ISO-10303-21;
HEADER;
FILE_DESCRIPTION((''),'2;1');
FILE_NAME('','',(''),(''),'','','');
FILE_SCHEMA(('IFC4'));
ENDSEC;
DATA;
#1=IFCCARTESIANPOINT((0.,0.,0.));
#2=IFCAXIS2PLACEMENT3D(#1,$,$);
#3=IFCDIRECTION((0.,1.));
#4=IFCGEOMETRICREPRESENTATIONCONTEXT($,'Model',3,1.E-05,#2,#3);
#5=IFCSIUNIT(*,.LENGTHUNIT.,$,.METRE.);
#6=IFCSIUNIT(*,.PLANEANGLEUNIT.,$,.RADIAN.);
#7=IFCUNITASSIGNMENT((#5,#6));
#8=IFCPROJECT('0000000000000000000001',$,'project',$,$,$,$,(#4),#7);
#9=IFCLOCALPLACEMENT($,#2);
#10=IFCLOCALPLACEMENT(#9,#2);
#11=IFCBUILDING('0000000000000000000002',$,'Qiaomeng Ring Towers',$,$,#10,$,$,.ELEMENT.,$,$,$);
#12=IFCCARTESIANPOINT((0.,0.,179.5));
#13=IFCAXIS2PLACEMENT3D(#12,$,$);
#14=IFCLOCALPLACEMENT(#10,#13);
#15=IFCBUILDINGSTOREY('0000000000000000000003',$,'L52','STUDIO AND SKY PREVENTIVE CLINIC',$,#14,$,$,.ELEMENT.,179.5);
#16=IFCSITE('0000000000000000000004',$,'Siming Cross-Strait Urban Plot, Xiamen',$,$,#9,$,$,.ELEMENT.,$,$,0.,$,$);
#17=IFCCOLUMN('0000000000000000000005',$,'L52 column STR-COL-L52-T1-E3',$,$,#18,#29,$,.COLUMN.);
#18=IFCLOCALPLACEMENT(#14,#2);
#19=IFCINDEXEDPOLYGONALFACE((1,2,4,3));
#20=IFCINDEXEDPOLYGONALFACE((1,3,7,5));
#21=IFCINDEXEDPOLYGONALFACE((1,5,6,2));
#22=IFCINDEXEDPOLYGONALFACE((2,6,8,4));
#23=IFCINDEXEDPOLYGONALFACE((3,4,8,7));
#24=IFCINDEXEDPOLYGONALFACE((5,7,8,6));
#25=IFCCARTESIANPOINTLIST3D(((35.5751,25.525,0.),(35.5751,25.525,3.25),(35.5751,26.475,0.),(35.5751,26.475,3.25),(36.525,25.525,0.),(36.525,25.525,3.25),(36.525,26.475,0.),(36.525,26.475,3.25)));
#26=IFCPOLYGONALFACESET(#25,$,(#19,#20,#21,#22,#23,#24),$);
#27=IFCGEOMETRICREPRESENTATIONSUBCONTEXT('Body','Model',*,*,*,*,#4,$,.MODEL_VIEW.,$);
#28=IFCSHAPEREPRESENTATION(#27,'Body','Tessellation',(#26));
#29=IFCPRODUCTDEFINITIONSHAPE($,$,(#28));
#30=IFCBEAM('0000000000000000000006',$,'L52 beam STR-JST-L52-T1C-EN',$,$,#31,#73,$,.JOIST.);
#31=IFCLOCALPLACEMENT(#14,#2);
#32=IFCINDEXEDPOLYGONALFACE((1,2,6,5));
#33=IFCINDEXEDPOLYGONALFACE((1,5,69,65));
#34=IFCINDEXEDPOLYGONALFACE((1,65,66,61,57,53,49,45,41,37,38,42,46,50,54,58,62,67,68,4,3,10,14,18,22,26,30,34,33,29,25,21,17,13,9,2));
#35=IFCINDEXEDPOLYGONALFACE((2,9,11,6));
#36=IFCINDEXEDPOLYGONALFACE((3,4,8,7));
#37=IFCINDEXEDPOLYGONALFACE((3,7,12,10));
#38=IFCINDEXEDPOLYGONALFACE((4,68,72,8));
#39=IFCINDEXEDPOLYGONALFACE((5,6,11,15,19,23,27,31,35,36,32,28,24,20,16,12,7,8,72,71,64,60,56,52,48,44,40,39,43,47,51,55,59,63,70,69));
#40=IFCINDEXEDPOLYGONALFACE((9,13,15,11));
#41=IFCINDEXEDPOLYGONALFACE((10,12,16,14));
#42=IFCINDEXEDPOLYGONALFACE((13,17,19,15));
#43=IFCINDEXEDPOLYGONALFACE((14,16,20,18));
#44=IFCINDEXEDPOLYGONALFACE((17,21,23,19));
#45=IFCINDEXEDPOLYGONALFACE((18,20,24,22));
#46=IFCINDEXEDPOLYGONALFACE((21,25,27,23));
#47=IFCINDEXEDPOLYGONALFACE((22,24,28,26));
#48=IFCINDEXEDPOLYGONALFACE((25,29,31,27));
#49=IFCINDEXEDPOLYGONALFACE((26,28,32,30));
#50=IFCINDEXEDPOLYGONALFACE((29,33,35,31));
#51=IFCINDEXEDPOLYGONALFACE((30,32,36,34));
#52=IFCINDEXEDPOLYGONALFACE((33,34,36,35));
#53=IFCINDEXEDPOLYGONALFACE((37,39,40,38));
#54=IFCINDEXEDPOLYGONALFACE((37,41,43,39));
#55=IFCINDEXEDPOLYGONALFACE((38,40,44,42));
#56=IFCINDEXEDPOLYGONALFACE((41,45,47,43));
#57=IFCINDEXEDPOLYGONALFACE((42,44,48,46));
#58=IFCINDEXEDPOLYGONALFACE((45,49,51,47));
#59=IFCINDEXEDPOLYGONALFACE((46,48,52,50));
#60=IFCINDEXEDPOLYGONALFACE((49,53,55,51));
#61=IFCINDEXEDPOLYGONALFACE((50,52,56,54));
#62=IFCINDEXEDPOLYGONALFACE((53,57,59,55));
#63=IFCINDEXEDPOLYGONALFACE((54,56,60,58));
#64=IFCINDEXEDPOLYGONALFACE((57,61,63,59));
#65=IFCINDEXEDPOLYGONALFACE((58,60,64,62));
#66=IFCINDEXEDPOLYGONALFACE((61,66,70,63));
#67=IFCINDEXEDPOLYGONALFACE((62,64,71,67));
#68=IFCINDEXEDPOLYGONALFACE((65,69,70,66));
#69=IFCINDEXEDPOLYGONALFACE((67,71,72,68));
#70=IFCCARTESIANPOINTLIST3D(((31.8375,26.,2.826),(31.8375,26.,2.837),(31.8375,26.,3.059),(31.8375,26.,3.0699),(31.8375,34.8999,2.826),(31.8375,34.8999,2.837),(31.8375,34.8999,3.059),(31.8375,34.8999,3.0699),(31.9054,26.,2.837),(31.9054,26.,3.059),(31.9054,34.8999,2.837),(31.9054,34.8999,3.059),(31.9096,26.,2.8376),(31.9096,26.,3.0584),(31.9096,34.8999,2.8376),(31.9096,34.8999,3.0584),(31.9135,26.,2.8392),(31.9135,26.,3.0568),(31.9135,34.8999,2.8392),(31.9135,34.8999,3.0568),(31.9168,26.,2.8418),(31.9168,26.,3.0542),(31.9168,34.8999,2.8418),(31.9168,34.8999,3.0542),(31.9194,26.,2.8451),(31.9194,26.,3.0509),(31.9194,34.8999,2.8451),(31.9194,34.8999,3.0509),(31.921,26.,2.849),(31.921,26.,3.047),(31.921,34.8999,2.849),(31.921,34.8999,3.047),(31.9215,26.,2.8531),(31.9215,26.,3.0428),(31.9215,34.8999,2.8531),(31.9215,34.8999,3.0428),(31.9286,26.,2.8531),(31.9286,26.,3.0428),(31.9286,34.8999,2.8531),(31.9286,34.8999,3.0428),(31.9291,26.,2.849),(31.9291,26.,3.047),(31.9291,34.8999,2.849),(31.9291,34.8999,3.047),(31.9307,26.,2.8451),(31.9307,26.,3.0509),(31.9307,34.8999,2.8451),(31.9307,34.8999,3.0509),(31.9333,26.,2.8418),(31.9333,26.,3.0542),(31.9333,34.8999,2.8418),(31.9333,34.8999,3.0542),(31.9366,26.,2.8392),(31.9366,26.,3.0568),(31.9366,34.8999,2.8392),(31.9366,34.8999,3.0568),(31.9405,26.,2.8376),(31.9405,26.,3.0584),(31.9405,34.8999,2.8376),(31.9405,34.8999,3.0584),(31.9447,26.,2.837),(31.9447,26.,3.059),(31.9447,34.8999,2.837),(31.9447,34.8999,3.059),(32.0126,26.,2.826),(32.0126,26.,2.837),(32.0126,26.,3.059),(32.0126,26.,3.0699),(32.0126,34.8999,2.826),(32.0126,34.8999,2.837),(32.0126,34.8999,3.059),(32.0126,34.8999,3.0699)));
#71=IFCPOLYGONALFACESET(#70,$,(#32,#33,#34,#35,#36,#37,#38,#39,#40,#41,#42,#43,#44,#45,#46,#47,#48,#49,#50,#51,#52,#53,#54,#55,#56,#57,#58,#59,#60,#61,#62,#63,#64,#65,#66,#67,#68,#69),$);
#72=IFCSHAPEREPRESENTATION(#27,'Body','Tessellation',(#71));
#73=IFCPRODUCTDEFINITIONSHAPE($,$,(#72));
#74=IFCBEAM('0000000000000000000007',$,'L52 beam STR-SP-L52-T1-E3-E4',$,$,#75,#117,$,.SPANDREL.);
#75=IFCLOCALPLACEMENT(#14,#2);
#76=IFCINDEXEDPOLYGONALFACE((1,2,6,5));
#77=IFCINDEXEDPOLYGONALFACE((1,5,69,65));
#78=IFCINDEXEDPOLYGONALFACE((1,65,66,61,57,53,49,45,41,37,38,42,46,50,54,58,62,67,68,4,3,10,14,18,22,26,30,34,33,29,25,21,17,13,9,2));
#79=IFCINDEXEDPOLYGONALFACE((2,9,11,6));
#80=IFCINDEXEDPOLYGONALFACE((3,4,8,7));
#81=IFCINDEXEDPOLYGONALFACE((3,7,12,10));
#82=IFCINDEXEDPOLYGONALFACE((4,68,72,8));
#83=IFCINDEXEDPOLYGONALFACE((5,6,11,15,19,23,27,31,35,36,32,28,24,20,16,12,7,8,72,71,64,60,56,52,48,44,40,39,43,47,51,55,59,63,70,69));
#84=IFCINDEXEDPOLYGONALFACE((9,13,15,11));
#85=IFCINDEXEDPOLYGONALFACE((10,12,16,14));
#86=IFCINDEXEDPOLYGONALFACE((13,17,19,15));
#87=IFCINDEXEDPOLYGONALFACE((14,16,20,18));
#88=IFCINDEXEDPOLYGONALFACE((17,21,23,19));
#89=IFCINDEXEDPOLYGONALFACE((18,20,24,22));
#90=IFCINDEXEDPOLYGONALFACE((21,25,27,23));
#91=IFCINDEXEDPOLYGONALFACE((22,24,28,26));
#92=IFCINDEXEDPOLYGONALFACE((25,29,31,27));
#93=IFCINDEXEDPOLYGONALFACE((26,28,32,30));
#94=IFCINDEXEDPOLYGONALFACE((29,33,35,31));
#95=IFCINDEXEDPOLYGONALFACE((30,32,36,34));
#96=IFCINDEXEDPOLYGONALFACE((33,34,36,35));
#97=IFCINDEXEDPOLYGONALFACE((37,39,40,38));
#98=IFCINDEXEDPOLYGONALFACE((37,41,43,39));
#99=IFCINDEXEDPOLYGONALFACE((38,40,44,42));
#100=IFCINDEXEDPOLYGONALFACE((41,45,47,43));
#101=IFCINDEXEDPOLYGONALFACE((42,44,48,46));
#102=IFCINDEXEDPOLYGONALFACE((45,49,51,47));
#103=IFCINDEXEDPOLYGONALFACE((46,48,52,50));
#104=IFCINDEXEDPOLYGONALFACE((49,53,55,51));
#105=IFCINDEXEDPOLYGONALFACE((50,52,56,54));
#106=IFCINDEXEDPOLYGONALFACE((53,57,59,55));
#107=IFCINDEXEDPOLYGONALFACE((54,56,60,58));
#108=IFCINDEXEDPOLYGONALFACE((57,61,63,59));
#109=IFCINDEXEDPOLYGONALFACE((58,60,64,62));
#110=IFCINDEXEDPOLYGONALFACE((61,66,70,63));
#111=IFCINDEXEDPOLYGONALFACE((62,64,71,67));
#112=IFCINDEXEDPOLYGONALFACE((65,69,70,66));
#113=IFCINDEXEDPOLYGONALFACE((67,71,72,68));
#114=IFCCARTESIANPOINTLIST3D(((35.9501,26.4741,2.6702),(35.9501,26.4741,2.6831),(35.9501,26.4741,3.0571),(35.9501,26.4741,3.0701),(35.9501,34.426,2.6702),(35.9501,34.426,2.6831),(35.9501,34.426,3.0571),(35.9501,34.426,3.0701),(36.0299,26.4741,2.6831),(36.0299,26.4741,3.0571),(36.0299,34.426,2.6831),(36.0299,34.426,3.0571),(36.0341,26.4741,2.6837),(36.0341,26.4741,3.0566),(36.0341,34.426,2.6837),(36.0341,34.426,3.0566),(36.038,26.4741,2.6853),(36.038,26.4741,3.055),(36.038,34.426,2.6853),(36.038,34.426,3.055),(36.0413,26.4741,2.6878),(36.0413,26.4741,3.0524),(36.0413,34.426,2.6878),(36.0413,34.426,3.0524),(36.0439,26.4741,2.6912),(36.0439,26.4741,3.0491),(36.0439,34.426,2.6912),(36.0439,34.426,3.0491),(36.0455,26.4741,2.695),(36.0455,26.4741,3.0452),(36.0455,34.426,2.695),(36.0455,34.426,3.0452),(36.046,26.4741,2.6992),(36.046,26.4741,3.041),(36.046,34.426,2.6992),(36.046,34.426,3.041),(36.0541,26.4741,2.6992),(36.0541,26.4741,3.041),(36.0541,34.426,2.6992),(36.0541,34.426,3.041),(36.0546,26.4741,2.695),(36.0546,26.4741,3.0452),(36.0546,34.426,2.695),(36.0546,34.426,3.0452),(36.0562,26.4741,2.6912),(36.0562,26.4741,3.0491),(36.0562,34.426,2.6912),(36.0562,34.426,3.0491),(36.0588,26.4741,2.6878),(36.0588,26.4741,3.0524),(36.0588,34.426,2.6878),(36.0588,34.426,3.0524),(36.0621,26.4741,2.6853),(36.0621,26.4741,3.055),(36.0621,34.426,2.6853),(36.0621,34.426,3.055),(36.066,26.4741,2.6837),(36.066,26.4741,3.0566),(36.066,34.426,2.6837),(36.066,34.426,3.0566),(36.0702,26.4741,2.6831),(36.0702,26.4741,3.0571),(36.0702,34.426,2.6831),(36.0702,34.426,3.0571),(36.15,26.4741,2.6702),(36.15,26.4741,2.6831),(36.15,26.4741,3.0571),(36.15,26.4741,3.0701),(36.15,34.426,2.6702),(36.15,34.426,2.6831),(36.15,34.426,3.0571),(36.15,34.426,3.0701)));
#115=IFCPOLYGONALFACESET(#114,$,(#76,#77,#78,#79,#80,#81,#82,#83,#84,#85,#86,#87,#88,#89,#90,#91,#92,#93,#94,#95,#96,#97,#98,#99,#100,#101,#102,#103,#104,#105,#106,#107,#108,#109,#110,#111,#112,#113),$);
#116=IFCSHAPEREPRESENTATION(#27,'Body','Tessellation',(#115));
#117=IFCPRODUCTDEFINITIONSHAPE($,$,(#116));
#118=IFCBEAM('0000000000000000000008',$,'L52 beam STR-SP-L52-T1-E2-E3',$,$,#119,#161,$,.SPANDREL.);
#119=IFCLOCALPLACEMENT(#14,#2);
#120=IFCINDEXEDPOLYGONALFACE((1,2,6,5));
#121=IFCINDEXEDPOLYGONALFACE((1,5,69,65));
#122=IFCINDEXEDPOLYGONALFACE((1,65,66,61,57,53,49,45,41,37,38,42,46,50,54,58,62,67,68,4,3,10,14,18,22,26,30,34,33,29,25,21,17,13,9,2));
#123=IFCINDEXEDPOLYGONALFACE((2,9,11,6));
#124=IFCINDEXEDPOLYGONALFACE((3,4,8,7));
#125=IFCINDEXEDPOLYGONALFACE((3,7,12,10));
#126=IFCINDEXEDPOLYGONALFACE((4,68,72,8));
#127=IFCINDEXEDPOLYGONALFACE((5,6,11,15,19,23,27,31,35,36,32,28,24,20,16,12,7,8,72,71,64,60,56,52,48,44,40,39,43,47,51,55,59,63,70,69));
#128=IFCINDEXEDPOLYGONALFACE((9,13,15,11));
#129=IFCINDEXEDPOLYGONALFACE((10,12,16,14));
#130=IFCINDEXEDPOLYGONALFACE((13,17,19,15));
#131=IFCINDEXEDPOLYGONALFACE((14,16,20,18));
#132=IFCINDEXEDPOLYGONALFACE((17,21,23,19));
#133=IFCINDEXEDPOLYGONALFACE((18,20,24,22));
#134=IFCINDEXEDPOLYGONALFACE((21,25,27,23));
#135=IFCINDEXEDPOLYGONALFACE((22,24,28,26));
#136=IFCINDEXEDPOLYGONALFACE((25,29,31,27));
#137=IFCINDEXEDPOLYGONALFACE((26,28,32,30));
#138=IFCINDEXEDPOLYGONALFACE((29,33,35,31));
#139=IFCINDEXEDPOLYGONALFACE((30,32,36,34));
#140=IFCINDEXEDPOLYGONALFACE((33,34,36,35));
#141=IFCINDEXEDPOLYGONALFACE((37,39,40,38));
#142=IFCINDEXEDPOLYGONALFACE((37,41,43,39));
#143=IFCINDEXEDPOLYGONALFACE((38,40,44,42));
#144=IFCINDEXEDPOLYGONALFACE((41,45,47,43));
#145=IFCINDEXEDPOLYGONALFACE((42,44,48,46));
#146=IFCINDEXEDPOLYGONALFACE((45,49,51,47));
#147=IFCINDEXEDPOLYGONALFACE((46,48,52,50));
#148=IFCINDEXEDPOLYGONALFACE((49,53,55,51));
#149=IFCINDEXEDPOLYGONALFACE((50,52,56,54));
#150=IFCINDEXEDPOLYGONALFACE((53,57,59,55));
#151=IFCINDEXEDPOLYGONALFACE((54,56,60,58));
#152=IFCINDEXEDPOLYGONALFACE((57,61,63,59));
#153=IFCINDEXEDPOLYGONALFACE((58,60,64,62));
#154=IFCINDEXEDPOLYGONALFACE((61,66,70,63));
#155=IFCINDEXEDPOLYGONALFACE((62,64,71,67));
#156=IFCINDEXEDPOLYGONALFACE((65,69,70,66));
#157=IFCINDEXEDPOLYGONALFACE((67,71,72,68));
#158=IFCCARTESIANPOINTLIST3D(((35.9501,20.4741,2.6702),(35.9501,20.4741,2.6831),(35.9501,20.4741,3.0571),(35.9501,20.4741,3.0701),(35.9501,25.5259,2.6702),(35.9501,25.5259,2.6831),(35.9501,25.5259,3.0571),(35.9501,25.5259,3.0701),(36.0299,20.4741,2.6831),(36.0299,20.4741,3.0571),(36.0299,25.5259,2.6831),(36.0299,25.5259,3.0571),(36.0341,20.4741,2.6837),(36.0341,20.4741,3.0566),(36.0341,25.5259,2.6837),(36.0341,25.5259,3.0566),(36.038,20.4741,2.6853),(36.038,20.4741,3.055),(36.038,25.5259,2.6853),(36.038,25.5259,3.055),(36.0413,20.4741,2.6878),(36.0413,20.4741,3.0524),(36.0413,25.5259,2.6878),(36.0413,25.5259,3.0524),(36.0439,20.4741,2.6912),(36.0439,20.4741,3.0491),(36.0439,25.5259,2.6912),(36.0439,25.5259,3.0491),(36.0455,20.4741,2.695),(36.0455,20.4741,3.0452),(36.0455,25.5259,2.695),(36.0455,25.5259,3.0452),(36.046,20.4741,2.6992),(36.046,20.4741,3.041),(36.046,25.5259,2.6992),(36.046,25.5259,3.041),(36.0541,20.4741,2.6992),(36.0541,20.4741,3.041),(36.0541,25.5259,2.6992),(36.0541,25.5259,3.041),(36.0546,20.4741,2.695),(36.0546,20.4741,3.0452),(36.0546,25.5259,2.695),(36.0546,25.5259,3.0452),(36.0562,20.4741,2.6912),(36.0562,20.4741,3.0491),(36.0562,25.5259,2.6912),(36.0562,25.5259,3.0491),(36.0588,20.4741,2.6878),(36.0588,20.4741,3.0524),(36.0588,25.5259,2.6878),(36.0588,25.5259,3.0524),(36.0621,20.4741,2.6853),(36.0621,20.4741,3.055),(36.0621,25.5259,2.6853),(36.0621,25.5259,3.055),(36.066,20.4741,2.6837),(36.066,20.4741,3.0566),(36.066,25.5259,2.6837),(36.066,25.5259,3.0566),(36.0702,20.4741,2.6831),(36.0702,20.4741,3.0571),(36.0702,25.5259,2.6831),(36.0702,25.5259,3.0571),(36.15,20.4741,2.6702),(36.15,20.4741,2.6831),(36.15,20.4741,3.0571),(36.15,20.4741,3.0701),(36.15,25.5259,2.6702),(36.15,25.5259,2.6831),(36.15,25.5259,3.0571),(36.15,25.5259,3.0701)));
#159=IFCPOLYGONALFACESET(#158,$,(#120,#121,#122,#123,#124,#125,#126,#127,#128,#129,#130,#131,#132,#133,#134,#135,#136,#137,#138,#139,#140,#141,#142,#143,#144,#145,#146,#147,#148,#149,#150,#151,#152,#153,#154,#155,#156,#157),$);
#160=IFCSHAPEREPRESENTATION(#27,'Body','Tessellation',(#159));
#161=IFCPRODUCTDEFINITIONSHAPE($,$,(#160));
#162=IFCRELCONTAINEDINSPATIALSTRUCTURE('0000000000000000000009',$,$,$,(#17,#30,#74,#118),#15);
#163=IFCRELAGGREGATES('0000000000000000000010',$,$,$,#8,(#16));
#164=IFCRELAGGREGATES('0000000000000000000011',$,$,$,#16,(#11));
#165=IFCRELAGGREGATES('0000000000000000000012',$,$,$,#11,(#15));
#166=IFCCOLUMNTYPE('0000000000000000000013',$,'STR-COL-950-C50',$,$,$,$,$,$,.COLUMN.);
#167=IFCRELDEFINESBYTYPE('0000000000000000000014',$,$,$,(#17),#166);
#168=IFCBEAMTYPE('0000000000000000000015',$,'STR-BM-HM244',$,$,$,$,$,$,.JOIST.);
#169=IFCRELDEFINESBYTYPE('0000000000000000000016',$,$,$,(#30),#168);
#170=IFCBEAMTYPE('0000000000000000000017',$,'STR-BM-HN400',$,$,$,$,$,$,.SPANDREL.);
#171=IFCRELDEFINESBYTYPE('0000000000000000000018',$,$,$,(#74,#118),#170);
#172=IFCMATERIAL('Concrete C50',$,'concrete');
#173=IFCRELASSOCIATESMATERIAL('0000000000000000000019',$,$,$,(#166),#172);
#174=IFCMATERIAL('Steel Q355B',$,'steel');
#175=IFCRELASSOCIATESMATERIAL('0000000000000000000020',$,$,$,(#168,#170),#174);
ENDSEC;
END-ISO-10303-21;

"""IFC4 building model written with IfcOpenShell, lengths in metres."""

from ifc_helpers import new_model, si_unit, direction, frame, origin, origin_2d, place, context, subcontext, project, spatial, rectangle, i_section, extrude, source, transform, mapped, material, material_profile, profile_set, type_object, element, save


model = new_model("IFC4")

# Units and contexts
model_context = context("Model", 3, precision=1e-05, world=origin(), true_north=direction((0.0, 1.0)))
body_context = subcontext(model_context, "Body", "Model", "MODEL_VIEW")
ifc_project = project(units=[si_unit("LENGTHUNIT", "METRE"), si_unit("PLANEANGLEUNIT", "RADIAN")], contexts=[model_context])

# Site, building, storey
site_placement = place(None, origin())
site = spatial("IfcSite", under=ifc_project, at=site_placement, Name="Siming Cross-Strait Urban Plot, Xiamen", CompositionType="ELEMENT", RefElevation=0.0)
building_placement = place(site_placement, origin())
building = spatial("IfcBuilding", under=site, at=building_placement, Name="Qiaomeng Ring Towers", CompositionType="ELEMENT")
storey_placement = place(building_placement, frame((0.0, 0.0, 179.5)))
storey = spatial("IfcBuildingStorey", under=building, at=storey_placement, Name="L52", Description="STUDIO AND SKY PREVENTIVE CLINIC", CompositionType="ELEMENT", Elevation=179.5)

# Column
ifc_material_1 = material(Name="Concrete C50", Category="concrete")
ifc_material_profile_1 = material_profile(ifc_material_1, rectangle(XDim=0.95, YDim=0.95, at=origin_2d()), Name="RC COL 950x950")
ifc_profile_set_1 = profile_set([ifc_material_profile_1], Name="Concrete C50")
column_type = type_object("IfcColumnType", Name="STR-COL-950-C50", PredefinedType="COLUMN", material=ifc_profile_set_1)
shared_shape_1 = source(origin(), body_context, "Body", "SweptSolid", [
    extrude(rectangle(XDim=0.95, YDim=0.95, at=origin_2d()), origin(), (0.0, 0.0, 1.0), 3.25),
])
column_placement = place(storey_placement, frame((36.05, 26.0, 0.0), z_axis=(0.0, 0.0, 1.0), x_axis=(1.0, 0.0, 0.0)))
element("IfcColumn", 1, at=column_placement, inside=storey, type_object=column_type, Name="L52 column STR-COL-L52-T1-E3", PredefinedType="COLUMN", context=body_context, shape_type="MappedRepresentation", body=[
    mapped(shared_shape_1, transform((0.0, 0.0, 0.0), x_axis=(1.0, 0.0, 0.0), y_axis=(0.0, 1.0, 0.0), z_axis=(0.0, 0.0, 1.0), scale=1.0)),
])

# Beams
ifc_material_2 = material(Name="Steel Q355B", Category="steel")
ifc_material_profile_2 = material_profile(ifc_material_2, i_section(OverallWidth=0.175, OverallDepth=0.2439, WebThickness=0.0071, FlangeThickness=0.011, FilletRadius=0.0161, at=origin_2d()), Name="HM 244x175x7x11")
ifc_profile_set_2 = profile_set([ifc_material_profile_2], Name="Steel Q355B")
beam_type_1 = type_object("IfcBeamType", Name="STR-BM-HM244", PredefinedType="JOIST", material=ifc_profile_set_2)
shared_shape_2 = source(origin(), body_context, "Body", "SweptSolid", [
    extrude(i_section(OverallWidth=0.175, OverallDepth=0.2439, WebThickness=0.0071, FlangeThickness=0.011, FilletRadius=0.0161, at=origin_2d()), origin(), (0.0, 0.0, 1.0), 8.8999),
])
beam_1_placement = place(storey_placement, frame((31.925, 26.0, 2.948), z_axis=(0.0, 1.0, 0.0), x_axis=(-1.0, 0.0, 0.0)))
element("IfcBeam", 2, at=beam_1_placement, inside=storey, type_object=beam_type_1, Name="L52 beam STR-JST-L52-T1C-EN", PredefinedType="JOIST", context=body_context, shape_type="MappedRepresentation", body=[
    mapped(shared_shape_2, transform((0.0, 0.0, 0.0), x_axis=(1.0, 0.0, 0.0), y_axis=(0.0, 1.0, 0.0), z_axis=(0.0, 0.0, 1.0), scale=1.0)),
])
ifc_material_profile_3 = material_profile(ifc_material_2, i_section(OverallWidth=0.2, OverallDepth=0.3999, WebThickness=0.0081, FlangeThickness=0.0129, FilletRadius=0.0161, at=origin_2d()), Name="HN 400x200x8x13")
ifc_profile_set_3 = profile_set([ifc_material_profile_3], Name="Steel Q355B")
beam_type_2 = type_object("IfcBeamType", Name="STR-BM-HN400", PredefinedType="SPANDREL", material=ifc_profile_set_3)
shared_shape_3 = source(origin(), body_context, "Body", "SweptSolid", [
    extrude(i_section(OverallWidth=0.2, OverallDepth=0.3999, WebThickness=0.0081, FlangeThickness=0.0129, FilletRadius=0.0161, at=origin_2d()), origin(), (0.0, 0.0, 1.0), 7.9519),
])
beam_2_placement = place(storey_placement, frame((36.05, 26.4741, 2.8701), z_axis=(0.0, 1.0, 0.0), x_axis=(-1.0, 0.0, 0.0)))
element("IfcBeam", 3, at=beam_2_placement, inside=storey, type_object=beam_type_2, Name="L52 beam STR-SP-L52-T1-E3-E4", PredefinedType="SPANDREL", context=body_context, shape_type="MappedRepresentation", body=[
    mapped(shared_shape_3, transform((0.0, 0.0, 0.0), x_axis=(1.0, 0.0, 0.0), y_axis=(0.0, 1.0, 0.0), z_axis=(0.0, 0.0, 1.0), scale=1.0)),
])
shared_shape_4 = source(origin(), body_context, "Body", "SweptSolid", [
    extrude(i_section(OverallWidth=0.2, OverallDepth=0.3999, WebThickness=0.0081, FlangeThickness=0.0129, FilletRadius=0.0161, at=origin_2d()), origin(), (0.0, 0.0, 1.0), 5.0518),
])
beam_3_placement = place(storey_placement, frame((36.05, 20.4741, 2.8701), z_axis=(0.0, 1.0, 0.0), x_axis=(-1.0, 0.0, 0.0)))
element("IfcBeam", 4, at=beam_3_placement, inside=storey, type_object=beam_type_2, Name="L52 beam STR-SP-L52-T1-E2-E3", PredefinedType="SPANDREL", context=body_context, shape_type="MappedRepresentation", body=[
    mapped(shared_shape_4, transform((0.0, 0.0, 0.0), x_axis=(1.0, 0.0, 0.0), y_axis=(0.0, 1.0, 0.0), z_axis=(0.0, 0.0, 1.0), scale=1.0)),
])

save(model, "model.ifc")
